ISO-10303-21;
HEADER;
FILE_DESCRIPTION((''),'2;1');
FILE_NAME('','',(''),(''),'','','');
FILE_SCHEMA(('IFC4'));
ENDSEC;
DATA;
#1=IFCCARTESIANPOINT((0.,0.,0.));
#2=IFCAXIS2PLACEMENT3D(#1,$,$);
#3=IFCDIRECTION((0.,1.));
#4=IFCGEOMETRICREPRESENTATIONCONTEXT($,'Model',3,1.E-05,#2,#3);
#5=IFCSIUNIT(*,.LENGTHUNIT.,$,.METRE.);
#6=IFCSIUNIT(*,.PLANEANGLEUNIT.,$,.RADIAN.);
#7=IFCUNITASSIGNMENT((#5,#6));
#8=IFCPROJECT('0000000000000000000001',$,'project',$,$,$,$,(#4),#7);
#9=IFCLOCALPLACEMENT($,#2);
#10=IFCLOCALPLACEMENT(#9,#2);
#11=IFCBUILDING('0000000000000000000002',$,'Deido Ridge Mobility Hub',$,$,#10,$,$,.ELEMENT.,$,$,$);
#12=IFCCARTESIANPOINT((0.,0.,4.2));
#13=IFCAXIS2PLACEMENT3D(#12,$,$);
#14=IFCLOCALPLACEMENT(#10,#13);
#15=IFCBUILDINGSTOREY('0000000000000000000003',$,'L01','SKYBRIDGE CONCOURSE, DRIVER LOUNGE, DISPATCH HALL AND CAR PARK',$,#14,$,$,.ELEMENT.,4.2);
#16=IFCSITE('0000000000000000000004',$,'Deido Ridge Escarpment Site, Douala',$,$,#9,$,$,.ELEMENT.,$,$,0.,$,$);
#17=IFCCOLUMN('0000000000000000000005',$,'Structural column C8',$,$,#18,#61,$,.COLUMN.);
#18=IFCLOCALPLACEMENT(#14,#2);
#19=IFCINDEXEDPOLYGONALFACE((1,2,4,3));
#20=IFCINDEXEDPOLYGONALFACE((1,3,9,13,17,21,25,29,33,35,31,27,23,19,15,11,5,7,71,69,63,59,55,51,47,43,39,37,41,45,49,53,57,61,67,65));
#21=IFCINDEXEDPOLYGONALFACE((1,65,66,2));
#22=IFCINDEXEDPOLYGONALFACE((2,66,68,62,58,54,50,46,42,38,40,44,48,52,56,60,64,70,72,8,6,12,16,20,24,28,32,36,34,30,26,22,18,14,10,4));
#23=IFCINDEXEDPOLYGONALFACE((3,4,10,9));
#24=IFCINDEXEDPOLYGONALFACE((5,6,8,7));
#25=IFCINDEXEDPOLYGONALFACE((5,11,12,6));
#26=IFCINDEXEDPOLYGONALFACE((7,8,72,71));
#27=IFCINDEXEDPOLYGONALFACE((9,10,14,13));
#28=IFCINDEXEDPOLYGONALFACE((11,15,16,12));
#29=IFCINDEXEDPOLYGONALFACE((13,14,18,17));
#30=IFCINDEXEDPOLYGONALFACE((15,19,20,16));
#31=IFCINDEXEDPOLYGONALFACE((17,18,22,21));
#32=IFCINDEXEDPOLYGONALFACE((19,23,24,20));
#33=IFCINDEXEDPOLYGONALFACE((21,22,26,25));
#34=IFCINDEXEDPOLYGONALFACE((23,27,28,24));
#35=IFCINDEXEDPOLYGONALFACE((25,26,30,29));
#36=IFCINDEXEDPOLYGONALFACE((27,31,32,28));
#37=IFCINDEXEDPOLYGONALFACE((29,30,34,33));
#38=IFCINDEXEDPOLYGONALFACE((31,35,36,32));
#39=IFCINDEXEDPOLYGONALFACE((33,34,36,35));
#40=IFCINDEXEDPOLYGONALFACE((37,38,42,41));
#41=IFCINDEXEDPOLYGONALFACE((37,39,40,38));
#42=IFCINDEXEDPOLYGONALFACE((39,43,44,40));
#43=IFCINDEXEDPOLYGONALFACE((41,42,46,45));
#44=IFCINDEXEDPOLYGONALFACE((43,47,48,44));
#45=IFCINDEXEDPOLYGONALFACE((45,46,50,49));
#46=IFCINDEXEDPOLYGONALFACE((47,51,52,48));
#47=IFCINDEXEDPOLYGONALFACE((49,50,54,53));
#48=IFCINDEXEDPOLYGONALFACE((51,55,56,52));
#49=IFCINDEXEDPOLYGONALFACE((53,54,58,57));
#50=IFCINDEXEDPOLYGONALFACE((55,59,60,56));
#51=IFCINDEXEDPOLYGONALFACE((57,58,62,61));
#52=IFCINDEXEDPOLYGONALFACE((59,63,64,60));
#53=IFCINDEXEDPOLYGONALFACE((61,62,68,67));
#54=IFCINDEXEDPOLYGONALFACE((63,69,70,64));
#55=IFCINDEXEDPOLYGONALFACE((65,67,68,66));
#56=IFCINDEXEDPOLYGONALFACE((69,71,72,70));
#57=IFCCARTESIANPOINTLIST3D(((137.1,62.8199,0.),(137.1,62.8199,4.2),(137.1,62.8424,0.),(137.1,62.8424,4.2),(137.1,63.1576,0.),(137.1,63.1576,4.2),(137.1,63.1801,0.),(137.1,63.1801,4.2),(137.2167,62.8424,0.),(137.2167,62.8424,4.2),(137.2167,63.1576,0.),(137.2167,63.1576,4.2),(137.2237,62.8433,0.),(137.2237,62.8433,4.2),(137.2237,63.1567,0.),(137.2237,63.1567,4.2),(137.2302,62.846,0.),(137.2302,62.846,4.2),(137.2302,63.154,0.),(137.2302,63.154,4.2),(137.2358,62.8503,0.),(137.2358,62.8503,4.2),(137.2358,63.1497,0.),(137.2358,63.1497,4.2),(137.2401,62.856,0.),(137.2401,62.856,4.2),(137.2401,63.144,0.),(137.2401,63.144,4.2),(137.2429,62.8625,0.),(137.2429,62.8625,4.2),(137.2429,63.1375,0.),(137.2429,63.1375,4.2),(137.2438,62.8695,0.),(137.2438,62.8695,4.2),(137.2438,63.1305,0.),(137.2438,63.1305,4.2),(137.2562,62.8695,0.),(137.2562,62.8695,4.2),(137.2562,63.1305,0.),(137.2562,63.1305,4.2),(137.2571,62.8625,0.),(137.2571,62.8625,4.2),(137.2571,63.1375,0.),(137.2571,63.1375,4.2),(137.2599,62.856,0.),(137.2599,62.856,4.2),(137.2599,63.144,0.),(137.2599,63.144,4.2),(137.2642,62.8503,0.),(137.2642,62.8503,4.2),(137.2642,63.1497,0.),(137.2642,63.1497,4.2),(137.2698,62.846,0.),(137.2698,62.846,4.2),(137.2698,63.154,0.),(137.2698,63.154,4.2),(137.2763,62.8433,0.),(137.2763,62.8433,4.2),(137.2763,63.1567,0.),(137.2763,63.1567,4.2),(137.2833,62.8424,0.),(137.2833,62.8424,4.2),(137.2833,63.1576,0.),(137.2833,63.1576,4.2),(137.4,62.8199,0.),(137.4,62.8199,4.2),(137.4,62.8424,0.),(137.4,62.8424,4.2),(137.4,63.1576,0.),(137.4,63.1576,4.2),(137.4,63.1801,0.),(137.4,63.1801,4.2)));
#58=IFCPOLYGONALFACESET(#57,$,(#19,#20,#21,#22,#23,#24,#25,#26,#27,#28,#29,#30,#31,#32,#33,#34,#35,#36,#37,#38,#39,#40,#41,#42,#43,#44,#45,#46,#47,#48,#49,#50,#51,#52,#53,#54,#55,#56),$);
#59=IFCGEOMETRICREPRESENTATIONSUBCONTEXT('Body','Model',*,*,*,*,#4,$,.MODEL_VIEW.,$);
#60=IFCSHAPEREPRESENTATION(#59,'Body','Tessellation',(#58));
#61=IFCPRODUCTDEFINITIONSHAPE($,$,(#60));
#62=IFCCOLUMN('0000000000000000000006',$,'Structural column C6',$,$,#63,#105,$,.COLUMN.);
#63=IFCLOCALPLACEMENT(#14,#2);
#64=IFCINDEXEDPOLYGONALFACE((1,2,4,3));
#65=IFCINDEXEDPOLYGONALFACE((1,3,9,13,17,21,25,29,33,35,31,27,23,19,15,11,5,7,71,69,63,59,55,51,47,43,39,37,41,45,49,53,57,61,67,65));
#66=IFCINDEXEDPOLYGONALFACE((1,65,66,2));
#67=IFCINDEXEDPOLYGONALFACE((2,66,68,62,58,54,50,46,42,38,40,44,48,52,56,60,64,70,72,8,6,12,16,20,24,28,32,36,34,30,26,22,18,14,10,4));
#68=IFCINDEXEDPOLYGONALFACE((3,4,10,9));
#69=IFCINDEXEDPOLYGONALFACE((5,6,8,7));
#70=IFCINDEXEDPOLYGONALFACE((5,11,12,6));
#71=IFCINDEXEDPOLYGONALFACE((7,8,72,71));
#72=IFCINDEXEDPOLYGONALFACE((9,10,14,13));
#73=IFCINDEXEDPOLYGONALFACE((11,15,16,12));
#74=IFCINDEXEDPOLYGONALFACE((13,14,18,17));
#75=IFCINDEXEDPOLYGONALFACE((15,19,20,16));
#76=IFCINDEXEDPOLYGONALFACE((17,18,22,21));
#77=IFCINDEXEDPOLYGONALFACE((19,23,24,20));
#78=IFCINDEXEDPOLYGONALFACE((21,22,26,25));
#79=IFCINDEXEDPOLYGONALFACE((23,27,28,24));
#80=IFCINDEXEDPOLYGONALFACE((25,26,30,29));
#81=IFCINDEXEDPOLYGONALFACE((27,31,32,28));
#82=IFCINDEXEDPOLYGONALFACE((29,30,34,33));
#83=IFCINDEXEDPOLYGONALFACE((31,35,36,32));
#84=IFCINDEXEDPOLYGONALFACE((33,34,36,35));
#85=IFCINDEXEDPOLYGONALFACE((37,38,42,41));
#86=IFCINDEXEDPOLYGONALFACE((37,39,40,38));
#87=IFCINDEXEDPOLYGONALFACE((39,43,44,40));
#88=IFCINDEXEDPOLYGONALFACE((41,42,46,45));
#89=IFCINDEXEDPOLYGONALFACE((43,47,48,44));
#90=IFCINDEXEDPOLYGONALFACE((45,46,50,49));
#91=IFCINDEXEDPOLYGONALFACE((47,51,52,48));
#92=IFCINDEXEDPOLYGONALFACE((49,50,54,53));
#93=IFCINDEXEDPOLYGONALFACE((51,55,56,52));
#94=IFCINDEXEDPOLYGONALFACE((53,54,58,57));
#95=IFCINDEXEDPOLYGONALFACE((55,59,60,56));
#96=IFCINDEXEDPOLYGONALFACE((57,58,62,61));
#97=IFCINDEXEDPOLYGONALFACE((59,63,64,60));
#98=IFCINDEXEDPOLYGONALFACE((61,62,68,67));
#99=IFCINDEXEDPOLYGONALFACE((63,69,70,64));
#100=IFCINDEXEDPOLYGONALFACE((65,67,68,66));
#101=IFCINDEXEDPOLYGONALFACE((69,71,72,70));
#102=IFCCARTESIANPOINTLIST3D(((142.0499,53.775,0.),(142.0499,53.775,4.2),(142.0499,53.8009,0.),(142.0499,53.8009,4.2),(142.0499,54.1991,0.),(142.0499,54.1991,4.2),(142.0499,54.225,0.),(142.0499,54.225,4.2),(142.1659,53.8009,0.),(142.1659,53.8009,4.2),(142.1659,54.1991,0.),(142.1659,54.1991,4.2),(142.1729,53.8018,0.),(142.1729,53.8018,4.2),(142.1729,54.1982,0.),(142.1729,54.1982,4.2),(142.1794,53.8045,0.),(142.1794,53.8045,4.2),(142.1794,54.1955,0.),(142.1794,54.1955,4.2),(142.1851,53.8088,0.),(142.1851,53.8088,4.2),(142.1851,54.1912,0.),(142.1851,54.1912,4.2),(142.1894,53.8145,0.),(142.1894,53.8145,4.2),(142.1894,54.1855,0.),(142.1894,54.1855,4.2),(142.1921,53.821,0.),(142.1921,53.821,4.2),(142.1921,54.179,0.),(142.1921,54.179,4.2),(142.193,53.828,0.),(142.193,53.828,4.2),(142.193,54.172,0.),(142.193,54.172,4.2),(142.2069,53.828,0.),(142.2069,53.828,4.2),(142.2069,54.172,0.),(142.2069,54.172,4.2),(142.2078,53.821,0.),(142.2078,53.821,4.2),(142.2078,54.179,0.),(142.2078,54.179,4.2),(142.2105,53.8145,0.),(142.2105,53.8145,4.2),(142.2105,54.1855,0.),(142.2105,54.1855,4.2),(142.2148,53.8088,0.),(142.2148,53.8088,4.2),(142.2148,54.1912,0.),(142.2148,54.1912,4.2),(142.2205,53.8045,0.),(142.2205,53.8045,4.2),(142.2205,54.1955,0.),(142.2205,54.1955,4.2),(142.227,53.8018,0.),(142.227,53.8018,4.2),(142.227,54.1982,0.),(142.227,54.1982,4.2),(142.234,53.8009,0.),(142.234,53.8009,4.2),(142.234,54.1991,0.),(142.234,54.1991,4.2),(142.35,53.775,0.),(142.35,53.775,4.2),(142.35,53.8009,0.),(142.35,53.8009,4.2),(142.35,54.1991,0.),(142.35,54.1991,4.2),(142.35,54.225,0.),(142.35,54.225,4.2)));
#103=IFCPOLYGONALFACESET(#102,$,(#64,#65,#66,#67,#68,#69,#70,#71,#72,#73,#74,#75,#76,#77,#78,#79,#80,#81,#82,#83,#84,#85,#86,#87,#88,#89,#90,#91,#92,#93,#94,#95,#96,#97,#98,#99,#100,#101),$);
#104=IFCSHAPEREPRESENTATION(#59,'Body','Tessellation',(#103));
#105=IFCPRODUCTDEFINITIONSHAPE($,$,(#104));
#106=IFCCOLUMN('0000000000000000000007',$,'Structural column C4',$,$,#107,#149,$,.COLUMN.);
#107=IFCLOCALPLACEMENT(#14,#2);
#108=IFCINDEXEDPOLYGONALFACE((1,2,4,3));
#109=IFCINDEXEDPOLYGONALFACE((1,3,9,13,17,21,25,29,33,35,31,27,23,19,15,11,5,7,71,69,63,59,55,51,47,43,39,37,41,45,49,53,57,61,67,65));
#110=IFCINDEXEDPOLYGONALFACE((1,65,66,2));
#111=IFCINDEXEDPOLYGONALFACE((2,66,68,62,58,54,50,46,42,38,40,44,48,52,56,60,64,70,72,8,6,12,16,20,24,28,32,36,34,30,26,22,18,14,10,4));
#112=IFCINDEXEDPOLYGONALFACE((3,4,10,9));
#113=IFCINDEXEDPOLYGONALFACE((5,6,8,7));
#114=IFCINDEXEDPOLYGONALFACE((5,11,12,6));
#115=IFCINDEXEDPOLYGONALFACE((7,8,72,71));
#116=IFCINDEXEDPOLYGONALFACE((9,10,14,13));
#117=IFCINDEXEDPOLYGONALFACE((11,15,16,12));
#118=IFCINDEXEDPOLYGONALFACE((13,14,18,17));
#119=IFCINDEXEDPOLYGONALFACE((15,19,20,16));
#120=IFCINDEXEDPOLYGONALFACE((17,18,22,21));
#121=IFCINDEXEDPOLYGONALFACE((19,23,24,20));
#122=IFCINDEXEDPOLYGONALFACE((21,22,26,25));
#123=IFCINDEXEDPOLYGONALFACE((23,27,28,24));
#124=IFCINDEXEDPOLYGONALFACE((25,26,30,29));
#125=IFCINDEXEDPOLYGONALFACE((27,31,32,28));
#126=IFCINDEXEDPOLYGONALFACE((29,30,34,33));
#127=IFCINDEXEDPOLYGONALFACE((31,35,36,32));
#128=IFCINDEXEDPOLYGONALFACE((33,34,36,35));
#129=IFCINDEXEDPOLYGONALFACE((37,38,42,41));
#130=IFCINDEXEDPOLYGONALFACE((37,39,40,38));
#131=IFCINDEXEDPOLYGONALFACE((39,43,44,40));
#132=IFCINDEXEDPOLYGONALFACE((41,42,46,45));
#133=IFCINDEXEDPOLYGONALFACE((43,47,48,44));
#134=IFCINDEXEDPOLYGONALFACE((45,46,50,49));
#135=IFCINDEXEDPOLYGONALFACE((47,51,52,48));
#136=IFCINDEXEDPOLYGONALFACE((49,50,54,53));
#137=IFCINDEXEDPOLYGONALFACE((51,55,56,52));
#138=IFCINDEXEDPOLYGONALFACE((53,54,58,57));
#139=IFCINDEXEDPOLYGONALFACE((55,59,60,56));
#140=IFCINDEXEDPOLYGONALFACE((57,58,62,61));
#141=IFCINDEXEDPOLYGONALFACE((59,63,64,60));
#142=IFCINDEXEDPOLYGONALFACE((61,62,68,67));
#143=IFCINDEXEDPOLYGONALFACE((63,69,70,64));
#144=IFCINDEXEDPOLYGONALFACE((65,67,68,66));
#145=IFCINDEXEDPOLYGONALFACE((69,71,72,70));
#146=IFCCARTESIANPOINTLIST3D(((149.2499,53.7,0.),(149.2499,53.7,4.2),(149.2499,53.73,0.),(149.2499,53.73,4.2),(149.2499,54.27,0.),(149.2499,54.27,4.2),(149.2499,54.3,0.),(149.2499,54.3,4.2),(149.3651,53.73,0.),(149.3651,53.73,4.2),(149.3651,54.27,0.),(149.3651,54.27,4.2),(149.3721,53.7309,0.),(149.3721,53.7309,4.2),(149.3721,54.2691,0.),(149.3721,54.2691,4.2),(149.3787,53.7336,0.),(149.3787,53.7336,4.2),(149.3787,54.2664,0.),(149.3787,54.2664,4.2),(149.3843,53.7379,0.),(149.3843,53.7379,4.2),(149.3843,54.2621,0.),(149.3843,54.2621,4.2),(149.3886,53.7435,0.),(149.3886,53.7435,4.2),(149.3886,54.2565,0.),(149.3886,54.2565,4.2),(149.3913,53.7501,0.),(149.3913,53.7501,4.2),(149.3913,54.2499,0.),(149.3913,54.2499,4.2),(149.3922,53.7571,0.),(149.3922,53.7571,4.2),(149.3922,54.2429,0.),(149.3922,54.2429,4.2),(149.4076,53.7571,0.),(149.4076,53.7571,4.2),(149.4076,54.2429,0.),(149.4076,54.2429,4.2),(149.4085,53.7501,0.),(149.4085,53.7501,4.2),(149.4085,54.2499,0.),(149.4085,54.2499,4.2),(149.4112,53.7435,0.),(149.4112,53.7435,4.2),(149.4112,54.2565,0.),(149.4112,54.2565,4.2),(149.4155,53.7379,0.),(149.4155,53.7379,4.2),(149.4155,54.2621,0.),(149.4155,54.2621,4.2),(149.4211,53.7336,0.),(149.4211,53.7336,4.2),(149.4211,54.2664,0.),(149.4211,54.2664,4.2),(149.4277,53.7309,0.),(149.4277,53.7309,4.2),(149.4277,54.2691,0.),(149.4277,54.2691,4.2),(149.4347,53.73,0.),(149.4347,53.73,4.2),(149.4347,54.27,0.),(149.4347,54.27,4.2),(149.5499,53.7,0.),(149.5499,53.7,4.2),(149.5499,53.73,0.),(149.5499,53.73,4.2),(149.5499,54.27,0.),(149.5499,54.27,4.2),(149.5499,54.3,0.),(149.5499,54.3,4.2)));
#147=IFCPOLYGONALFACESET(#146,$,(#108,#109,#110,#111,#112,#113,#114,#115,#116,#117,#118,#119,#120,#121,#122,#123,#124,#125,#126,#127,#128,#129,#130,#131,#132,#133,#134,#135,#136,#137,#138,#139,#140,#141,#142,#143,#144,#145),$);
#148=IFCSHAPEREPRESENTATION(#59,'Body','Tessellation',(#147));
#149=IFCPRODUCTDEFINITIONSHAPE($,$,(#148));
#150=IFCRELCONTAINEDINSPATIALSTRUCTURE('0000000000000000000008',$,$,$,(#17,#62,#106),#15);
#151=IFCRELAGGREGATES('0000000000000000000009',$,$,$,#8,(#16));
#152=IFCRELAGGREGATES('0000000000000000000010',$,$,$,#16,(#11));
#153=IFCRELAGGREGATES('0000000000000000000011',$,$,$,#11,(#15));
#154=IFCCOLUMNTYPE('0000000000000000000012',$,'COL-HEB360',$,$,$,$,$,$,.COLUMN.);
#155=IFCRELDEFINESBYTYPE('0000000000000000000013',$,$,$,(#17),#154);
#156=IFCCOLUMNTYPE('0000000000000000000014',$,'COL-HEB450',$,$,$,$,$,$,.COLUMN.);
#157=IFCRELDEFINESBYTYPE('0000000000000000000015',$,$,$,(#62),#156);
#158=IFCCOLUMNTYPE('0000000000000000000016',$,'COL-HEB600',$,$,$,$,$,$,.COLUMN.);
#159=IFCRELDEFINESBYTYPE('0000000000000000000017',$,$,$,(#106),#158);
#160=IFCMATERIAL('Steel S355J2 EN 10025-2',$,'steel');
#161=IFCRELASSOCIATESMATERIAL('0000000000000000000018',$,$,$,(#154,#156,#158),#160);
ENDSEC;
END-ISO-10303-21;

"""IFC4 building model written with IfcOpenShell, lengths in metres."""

from ifc_helpers import new_model, si_unit, direction, frame, origin, origin_2d, place, context, subcontext, project, spatial, i_section, extrude, material, material_profile, profile_set, type_object, element, save


model = new_model("IFC4")

# Units and contexts
model_context = context("Model", 3, precision=1e-05, world=origin(), true_north=direction((0.0, 1.0)))
body_context = subcontext(model_context, "Body", "Model", "MODEL_VIEW")
ifc_project = project(units=[si_unit("LENGTHUNIT", "METRE"), si_unit("PLANEANGLEUNIT", "RADIAN")], contexts=[model_context])

# Site, building, storey
site_placement = place(None, origin())
site = spatial("IfcSite", under=ifc_project, at=site_placement, Name="Deido Ridge Escarpment Site, Douala", CompositionType="ELEMENT", RefElevation=0.0)
building_placement = place(site_placement, origin())
building = spatial("IfcBuilding", under=site, at=building_placement, Name="Deido Ridge Mobility Hub", CompositionType="ELEMENT")
storey_placement = place(building_placement, frame((0.0, 0.0, 4.2)))
storey = spatial("IfcBuildingStorey", under=building, at=storey_placement, Name="L01", Description="SKYBRIDGE CONCOURSE, DRIVER LOUNGE, DISPATCH HALL AND CAR PARK", CompositionType="ELEMENT", Elevation=4.2)

# Columns
ifc_material_1 = material(Name="Steel S355J2 EN 10025-2", Category="steel")
ifc_material_profile_1 = material_profile(ifc_material_1, i_section(OverallWidth=0.3, OverallDepth=0.3601, WebThickness=0.0125, FlangeThickness=0.0225, FilletRadius=0.0271, at=origin_2d()), Name="HEB 360")
ifc_profile_set_1 = profile_set([ifc_material_profile_1], Name="Steel S355J2 EN 10025-2")
column_type_1 = type_object("IfcColumnType", Name="COL-HEB360", PredefinedType="COLUMN", material=ifc_profile_set_1)
for number, where, z_axis, x_axis, name in (
    (1, (137.25, 63.0, 0.0), (0.0, 0.0, 1.0), (1.0, 0.0, 0.0), "Structural column C8"),
):
    element("IfcColumn", number, at=place(storey_placement, frame(where, z_axis=z_axis, x_axis=x_axis)), inside=storey, type_object=column_type_1, Name=name, PredefinedType="COLUMN", context=body_context, shape_type="SweptSolid", body=[
        extrude(i_section(OverallWidth=0.3, OverallDepth=0.3601, WebThickness=0.0125, FlangeThickness=0.0225, FilletRadius=0.0271, at=origin_2d()), origin(), (0.0, 0.0, 1.0), 4.2),
    ])
ifc_material_profile_2 = material_profile(ifc_material_1, i_section(OverallWidth=0.3, OverallDepth=0.45, WebThickness=0.0139, FlangeThickness=0.0259, FilletRadius=0.0271, at=origin_2d()), Name="HEB 450")
ifc_profile_set_2 = profile_set([ifc_material_profile_2], Name="Steel S355J2 EN 10025-2")
column_type_2 = type_object("IfcColumnType", Name="COL-HEB450", PredefinedType="COLUMN", material=ifc_profile_set_2)
column_1_placement = place(storey_placement, frame((142.2, 54.0, 0.0), z_axis=(0.0, 0.0, 1.0), x_axis=(1.0, 0.0, 0.0)))
element("IfcColumn", 2, at=column_1_placement, inside=storey, type_object=column_type_2, Name="Structural column C6", PredefinedType="COLUMN", context=body_context, shape_type="SweptSolid", body=[
    extrude(i_section(OverallWidth=0.3, OverallDepth=0.45, WebThickness=0.0139, FlangeThickness=0.0259, FilletRadius=0.0271, at=origin_2d()), origin(), (0.0, 0.0, 1.0), 4.2),
])
ifc_material_profile_3 = material_profile(ifc_material_1, i_section(OverallWidth=0.3, OverallDepth=0.6001, WebThickness=0.0154, FlangeThickness=0.03, FilletRadius=0.0271, at=origin_2d()), Name="HEB 600")
ifc_profile_set_3 = profile_set([ifc_material_profile_3], Name="Steel S355J2 EN 10025-2")
column_type_3 = type_object("IfcColumnType", Name="COL-HEB600", PredefinedType="COLUMN", material=ifc_profile_set_3)
column_2_placement = place(storey_placement, frame((149.3999, 54.0, 0.0), z_axis=(0.0, 0.0, 1.0), x_axis=(1.0, 0.0, 0.0)))
element("IfcColumn", 3, at=column_2_placement, inside=storey, type_object=column_type_3, Name="Structural column C4", PredefinedType="COLUMN", context=body_context, shape_type="SweptSolid", body=[
    extrude(i_section(OverallWidth=0.3, OverallDepth=0.6001, WebThickness=0.0154, FlangeThickness=0.03, FilletRadius=0.0271, at=origin_2d()), origin(), (0.0, 0.0, 1.0), 4.2),
])

save(model, "model.ifc")
